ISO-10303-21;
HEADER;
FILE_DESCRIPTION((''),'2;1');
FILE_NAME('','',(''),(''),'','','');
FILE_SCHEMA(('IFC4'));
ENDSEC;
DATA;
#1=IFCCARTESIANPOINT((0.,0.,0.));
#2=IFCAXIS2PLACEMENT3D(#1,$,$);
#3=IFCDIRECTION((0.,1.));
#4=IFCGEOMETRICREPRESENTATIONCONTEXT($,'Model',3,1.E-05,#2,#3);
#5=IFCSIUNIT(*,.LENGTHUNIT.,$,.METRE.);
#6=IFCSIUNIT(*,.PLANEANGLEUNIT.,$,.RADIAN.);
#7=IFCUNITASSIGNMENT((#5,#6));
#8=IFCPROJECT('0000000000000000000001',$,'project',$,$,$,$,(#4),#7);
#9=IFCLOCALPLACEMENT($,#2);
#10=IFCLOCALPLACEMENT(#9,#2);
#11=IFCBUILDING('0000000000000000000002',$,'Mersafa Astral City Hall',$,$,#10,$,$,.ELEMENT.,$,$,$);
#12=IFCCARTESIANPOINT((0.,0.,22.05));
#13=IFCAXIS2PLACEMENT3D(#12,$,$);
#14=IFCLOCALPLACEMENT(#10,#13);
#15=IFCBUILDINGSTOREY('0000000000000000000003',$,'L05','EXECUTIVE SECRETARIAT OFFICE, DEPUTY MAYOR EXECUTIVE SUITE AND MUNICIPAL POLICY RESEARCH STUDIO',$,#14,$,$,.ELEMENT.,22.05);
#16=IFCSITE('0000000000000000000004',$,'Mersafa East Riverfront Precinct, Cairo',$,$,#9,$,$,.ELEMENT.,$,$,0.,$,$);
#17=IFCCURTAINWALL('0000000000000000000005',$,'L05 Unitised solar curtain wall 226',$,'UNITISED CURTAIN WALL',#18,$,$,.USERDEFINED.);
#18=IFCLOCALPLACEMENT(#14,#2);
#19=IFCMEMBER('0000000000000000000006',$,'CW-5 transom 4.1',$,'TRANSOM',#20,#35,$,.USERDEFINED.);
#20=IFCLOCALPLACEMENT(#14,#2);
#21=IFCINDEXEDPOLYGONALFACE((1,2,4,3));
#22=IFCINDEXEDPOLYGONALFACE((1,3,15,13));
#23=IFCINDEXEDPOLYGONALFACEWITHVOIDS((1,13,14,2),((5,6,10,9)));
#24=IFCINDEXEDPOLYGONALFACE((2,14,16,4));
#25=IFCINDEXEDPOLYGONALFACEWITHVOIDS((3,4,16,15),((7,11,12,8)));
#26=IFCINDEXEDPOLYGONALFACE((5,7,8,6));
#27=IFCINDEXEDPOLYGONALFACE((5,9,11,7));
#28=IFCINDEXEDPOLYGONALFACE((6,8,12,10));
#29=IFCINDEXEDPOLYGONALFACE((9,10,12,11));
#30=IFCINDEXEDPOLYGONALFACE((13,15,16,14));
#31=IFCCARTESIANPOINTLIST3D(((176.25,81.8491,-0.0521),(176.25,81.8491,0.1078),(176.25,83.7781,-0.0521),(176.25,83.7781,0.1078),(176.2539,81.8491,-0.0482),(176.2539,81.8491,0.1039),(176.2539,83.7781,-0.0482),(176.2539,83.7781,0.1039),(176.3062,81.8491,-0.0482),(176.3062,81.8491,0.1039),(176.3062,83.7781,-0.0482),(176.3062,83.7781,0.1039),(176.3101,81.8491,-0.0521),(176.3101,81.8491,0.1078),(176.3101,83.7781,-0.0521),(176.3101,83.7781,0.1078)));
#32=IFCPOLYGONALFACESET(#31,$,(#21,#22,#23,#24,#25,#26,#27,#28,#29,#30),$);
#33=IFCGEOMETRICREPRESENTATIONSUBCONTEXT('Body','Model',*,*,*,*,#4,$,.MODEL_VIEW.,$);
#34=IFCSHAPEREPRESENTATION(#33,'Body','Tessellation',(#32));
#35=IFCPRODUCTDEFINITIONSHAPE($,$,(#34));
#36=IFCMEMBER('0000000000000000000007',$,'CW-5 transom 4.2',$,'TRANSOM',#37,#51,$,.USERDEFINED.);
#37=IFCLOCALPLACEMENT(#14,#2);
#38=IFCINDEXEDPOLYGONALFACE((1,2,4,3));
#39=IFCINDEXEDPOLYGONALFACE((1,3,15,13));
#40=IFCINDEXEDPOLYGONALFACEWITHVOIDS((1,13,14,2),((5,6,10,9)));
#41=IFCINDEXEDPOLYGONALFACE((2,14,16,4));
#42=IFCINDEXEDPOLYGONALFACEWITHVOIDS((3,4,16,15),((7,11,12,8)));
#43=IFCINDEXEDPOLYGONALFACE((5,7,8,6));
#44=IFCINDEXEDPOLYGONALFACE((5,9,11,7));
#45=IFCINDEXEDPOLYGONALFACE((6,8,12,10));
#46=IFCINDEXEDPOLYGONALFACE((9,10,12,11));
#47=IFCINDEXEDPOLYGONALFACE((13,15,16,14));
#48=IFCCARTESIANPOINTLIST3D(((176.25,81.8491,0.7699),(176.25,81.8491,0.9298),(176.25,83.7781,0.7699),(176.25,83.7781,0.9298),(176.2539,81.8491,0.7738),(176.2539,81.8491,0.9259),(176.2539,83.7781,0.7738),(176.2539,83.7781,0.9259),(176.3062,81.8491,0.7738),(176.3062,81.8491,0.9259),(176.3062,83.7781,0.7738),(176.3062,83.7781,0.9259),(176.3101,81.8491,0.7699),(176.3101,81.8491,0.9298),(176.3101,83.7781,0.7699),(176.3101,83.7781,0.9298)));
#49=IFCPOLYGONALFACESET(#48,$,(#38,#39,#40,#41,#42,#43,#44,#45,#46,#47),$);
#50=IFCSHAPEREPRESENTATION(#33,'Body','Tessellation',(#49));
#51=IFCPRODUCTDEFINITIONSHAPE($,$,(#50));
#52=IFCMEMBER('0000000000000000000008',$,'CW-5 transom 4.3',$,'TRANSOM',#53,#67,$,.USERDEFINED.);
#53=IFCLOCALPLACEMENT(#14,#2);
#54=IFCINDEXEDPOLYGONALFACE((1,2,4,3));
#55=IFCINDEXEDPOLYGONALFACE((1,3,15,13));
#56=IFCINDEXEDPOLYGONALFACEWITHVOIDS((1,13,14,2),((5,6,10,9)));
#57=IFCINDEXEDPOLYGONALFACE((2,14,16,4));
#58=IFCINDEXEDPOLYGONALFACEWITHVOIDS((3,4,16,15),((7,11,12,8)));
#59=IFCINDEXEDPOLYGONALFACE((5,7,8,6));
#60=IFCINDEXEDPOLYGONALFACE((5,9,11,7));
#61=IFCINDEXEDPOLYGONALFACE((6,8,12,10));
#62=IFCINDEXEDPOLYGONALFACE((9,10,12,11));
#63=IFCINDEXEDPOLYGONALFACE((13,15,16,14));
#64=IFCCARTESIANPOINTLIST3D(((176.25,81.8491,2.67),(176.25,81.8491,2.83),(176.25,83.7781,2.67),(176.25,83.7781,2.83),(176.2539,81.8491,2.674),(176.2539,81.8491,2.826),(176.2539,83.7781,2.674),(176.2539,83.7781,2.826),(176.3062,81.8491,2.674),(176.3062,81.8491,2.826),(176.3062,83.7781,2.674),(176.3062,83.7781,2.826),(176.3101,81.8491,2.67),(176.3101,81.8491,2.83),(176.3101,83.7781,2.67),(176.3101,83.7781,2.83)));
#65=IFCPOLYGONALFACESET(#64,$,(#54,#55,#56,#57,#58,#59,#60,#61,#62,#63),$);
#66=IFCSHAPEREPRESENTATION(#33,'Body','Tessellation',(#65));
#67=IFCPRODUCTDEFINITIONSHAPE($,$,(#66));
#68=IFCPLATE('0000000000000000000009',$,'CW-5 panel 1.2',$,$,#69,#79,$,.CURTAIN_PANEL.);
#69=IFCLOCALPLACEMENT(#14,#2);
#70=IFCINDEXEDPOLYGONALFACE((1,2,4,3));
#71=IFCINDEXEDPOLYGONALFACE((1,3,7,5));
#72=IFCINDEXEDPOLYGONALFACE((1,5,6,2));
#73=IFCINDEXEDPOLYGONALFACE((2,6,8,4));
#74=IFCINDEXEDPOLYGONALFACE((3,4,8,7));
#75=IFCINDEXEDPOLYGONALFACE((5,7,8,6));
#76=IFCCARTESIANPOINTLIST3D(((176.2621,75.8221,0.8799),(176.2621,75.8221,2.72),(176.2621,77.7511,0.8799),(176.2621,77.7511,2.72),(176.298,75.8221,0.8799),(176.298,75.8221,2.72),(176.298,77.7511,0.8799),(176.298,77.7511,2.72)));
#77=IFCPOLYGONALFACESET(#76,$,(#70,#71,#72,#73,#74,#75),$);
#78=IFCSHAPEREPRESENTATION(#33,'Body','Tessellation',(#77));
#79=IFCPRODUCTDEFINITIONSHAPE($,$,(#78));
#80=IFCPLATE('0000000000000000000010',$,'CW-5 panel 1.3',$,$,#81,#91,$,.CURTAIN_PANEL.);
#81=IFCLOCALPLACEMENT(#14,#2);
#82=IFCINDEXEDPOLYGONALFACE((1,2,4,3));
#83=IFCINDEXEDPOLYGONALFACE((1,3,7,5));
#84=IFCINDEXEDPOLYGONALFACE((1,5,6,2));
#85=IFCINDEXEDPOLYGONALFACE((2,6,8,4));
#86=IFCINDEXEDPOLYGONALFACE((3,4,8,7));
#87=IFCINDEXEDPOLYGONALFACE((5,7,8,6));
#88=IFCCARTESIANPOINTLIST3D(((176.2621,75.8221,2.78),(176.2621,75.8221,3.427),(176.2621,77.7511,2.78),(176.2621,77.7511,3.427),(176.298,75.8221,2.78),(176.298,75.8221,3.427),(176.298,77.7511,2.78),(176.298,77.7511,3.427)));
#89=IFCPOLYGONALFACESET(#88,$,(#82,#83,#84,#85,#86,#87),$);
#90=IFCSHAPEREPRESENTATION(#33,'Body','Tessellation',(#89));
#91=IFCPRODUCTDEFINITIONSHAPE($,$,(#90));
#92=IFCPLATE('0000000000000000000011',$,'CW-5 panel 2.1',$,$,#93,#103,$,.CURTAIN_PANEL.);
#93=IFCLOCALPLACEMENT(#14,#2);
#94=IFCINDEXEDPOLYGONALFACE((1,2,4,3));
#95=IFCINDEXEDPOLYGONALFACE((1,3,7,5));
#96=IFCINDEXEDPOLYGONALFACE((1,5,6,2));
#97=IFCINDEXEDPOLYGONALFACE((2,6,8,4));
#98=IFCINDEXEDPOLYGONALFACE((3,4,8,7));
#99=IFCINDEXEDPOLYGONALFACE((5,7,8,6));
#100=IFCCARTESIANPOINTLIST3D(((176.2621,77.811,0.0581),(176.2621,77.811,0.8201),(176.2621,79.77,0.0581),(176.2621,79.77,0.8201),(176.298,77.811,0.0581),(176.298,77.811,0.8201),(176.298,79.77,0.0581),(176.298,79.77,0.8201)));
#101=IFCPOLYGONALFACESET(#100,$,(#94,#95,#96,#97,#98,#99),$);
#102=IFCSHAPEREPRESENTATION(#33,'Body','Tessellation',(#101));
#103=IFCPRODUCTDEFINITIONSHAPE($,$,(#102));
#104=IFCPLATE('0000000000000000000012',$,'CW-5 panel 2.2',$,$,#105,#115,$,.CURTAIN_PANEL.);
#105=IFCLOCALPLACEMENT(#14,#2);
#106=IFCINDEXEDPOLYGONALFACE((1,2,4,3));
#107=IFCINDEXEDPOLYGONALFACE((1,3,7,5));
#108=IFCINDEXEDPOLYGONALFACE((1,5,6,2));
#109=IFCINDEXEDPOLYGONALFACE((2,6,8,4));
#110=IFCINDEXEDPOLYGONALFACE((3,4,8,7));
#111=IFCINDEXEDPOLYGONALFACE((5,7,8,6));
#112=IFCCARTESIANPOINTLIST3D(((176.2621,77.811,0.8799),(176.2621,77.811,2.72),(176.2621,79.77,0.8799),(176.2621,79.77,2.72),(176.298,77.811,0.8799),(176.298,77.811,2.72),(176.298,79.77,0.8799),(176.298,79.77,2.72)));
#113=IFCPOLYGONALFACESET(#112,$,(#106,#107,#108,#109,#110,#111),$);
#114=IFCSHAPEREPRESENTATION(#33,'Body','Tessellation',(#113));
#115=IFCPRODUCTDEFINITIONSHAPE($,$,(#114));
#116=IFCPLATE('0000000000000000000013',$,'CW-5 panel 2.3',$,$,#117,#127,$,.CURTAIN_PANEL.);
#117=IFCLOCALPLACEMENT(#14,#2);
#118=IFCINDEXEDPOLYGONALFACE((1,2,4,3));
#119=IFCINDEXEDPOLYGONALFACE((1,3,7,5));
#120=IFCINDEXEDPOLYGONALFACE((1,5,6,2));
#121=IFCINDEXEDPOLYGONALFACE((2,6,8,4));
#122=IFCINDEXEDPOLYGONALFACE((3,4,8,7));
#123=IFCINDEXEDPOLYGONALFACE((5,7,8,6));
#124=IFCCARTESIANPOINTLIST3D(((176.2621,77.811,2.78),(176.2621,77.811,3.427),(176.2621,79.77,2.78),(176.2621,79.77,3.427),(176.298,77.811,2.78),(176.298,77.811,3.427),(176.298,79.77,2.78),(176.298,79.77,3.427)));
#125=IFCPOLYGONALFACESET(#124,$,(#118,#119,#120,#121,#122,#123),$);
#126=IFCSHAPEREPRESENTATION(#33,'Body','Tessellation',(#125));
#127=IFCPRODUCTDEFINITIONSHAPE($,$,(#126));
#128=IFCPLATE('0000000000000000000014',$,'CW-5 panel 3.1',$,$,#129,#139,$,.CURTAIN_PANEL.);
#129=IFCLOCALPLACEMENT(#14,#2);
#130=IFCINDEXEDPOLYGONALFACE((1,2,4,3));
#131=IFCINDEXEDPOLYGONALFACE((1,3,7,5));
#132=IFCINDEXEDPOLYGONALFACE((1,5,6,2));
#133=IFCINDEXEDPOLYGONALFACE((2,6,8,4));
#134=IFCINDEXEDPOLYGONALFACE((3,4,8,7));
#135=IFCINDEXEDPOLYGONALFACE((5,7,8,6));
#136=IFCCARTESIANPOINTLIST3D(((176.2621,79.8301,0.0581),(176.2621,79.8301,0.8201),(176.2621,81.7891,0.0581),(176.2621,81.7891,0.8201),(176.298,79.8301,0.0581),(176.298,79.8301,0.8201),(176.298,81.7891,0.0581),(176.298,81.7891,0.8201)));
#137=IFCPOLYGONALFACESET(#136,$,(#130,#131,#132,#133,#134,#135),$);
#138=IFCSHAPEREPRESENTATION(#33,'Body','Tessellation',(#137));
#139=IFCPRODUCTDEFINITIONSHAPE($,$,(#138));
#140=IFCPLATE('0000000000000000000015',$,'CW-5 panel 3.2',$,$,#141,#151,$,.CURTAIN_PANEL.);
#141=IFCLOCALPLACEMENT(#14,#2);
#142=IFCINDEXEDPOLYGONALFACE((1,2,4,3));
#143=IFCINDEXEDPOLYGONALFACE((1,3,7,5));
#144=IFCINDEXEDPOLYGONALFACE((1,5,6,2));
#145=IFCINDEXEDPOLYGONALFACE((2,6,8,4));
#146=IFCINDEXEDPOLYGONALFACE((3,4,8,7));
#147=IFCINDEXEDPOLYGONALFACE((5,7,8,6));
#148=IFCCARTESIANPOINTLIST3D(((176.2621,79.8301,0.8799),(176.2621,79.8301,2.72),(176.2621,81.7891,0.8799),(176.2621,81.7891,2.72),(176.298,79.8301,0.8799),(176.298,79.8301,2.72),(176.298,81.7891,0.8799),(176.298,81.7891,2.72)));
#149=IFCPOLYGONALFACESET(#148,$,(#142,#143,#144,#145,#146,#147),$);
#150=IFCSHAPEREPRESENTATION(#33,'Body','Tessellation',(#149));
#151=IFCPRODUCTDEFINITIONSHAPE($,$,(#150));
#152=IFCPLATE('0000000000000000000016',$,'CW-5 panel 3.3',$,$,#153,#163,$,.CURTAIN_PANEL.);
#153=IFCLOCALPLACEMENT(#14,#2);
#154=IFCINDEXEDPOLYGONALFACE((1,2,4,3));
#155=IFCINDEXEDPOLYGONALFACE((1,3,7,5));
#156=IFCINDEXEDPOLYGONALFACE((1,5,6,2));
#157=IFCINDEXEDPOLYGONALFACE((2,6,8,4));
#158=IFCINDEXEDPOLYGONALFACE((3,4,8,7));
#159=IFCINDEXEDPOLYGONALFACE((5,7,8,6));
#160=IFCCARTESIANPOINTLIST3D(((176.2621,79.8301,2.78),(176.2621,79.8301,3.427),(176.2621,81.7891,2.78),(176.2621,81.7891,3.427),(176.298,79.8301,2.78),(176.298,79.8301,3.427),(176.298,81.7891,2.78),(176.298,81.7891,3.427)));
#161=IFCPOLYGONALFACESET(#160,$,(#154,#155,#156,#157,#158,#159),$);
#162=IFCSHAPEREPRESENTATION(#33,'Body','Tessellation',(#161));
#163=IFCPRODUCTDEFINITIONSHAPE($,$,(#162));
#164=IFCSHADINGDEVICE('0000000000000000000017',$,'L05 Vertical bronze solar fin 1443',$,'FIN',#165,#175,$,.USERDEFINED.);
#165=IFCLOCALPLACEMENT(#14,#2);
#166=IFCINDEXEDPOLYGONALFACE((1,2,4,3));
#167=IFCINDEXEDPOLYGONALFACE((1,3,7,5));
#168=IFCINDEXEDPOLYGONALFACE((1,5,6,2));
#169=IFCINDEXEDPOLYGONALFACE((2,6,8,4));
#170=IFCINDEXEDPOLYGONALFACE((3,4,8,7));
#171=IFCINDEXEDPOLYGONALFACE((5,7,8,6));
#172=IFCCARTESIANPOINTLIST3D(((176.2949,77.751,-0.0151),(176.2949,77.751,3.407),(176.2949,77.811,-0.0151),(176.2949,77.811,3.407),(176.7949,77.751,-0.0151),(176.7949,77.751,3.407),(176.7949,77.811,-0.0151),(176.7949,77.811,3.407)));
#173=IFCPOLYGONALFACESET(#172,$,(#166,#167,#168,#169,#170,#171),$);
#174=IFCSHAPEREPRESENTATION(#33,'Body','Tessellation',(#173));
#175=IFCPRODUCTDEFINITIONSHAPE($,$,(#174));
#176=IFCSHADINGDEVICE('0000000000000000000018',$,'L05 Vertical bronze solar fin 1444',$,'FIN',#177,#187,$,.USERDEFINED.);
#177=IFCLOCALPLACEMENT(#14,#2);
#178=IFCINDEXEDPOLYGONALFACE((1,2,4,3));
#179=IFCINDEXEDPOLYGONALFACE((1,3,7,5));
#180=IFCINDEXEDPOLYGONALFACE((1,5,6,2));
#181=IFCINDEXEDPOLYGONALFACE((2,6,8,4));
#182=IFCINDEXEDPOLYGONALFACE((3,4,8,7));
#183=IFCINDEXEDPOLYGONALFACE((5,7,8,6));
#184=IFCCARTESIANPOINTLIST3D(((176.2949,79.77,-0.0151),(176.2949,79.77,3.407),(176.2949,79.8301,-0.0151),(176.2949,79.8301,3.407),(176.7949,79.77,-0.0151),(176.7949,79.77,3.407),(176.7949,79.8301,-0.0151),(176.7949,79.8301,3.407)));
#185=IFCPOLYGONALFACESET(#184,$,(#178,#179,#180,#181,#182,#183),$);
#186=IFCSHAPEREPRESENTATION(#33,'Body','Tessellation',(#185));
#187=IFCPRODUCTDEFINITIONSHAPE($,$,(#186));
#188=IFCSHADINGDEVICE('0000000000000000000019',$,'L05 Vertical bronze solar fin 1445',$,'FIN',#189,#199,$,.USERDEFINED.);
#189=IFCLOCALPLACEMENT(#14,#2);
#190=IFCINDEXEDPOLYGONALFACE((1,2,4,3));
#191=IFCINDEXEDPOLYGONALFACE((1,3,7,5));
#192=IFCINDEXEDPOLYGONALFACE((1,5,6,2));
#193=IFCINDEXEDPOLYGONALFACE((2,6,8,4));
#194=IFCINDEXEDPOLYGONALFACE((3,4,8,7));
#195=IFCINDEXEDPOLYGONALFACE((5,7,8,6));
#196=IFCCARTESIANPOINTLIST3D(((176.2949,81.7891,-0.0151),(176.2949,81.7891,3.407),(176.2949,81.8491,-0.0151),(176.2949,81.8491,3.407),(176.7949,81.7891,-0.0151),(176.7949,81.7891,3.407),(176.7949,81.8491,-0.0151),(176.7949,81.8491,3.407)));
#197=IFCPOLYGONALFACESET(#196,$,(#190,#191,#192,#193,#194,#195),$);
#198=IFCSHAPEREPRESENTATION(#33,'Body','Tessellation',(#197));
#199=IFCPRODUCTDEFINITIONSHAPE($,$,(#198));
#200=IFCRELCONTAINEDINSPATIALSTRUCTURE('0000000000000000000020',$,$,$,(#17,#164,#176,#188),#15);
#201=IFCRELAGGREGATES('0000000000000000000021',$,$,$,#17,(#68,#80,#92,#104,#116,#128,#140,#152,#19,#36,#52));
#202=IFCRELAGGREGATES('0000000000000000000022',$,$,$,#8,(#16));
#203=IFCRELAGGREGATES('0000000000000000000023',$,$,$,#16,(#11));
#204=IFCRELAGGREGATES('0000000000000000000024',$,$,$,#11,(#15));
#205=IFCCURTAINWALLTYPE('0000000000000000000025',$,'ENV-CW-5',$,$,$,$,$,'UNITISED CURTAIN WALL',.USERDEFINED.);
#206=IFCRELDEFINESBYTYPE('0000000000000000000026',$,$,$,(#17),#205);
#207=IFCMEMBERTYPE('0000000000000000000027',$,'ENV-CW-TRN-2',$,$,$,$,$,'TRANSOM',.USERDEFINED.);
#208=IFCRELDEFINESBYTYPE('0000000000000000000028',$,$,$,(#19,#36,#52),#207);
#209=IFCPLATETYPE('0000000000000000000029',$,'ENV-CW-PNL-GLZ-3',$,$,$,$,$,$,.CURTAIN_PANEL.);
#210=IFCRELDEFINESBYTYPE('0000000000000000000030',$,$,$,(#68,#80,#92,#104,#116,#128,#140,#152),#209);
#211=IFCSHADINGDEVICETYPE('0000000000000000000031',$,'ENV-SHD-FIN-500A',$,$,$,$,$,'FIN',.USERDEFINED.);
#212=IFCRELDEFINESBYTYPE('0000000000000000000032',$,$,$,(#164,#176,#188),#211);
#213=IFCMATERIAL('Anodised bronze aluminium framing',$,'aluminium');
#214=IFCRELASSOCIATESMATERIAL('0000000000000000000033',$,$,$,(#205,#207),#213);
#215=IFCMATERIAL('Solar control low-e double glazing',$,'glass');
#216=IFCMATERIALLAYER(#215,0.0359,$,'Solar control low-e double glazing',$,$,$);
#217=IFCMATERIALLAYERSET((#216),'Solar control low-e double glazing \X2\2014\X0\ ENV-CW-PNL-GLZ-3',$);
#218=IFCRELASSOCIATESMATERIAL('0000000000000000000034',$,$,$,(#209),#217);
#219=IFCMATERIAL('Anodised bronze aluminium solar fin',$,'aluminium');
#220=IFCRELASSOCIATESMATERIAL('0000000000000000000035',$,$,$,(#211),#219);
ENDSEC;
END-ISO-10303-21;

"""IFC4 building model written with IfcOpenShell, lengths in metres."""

from ifc_helpers import new_model, si_unit, direction, frame, origin, origin_2d, place, context, subcontext, project, spatial, rectangle, hollow_rectangle, extrude, material, layer, layer_set, material_profile, profile_set, type_object, element, aggregate, save


model = new_model("IFC4")

# Units and contexts
model_context = context("Model", 3, precision=1e-05, world=origin(), true_north=direction((0.0, 1.0)))
body_context = subcontext(model_context, "Body", "Model", "MODEL_VIEW")
ifc_project = project(units=[si_unit("LENGTHUNIT", "METRE"), si_unit("PLANEANGLEUNIT", "RADIAN")], contexts=[model_context])

# Site, building, storey
site_placement = place(None, origin())
site = spatial("IfcSite", under=ifc_project, at=site_placement, Name="Mersafa East Riverfront Precinct, Cairo", CompositionType="ELEMENT", RefElevation=0.0)
building_placement = place(site_placement, origin())
building = spatial("IfcBuilding", under=site, at=building_placement, Name="Mersafa Astral City Hall", CompositionType="ELEMENT")
storey_placement = place(building_placement, frame((0.0, 0.0, 22.05)))
storey = spatial("IfcBuildingStorey", under=building, at=storey_placement, Name="L05", Description="EXECUTIVE SECRETARIAT OFFICE, DEPUTY MAYOR EXECUTIVE SUITE AND MUNICIPAL POLICY RESEARCH STUDIO", CompositionType="ELEMENT", Elevation=22.05)

# Curtain wall, members, plates
ifc_material_1 = material(Name="Anodised bronze aluminium framing", Category="aluminium")
curtain_wall_type = type_object("IfcCurtainWallType", Name="ENV-CW-5", ElementType="UNITISED CURTAIN WALL", PredefinedType="USERDEFINED", material=ifc_material_1)
curtain_wall_placement = place(storey_placement, origin())
curtain_wall = element("IfcCurtainWall", 1, at=curtain_wall_placement, inside=storey, type_object=curtain_wall_type, Name="L05 Unitised solar curtain wall 226", ObjectType="UNITISED CURTAIN WALL", PredefinedType="USERDEFINED")
ifc_material_profile_1 = material_profile(ifc_material_1, hollow_rectangle(XDim=0.0601, YDim=0.1599, WallThickness=0.0039, at=origin_2d()), Name="RHS 60x160x4")
ifc_profile_set_1 = profile_set([ifc_material_profile_1], Name="Anodised bronze aluminium framing")
member_type_1 = type_object("IfcMemberType", Name="ENV-CW-TRN-2", ElementType="TRANSOM", PredefinedType="USERDEFINED", material=ifc_profile_set_1)
member_1_placement = place(storey_placement, frame((176.28, 81.8491, 0.0278), z_axis=(0.0, 1.0, 0.0), x_axis=(-1.0, 0.0, 0.0)))
member_1 = element("IfcMember", 2, at=member_1_placement, type_object=member_type_1, Name="CW-5 transom 4.1", ObjectType="TRANSOM", PredefinedType="USERDEFINED", context=body_context, shape_type="SweptSolid", body=[
    extrude(hollow_rectangle(XDim=0.0601, YDim=0.1599, WallThickness=0.0039, at=origin_2d()), origin(), (0.0, 0.0, 1.0), 1.929),
])
member_2_placement = place(storey_placement, frame((176.28, 81.8491, 0.8499), z_axis=(0.0, 1.0, 0.0), x_axis=(-1.0, 0.0, 0.0)))
member_2 = element("IfcMember", 3, at=member_2_placement, type_object=member_type_1, Name="CW-5 transom 4.2", ObjectType="TRANSOM", PredefinedType="USERDEFINED", context=body_context, shape_type="SweptSolid", body=[
    extrude(hollow_rectangle(XDim=0.0601, YDim=0.1599, WallThickness=0.0039, at=origin_2d()), origin(), (0.0, 0.0, 1.0), 1.929),
])
member_3_placement = place(storey_placement, frame((176.28, 81.8491, 2.75), z_axis=(0.0, 1.0, 0.0), x_axis=(-1.0, 0.0, 0.0)))
member_3 = element("IfcMember", 4, at=member_3_placement, type_object=member_type_1, Name="CW-5 transom 4.3", ObjectType="TRANSOM", PredefinedType="USERDEFINED", context=body_context, shape_type="SweptSolid", body=[
    extrude(hollow_rectangle(XDim=0.0601, YDim=0.1599, WallThickness=0.0039, at=origin_2d()), origin(), (0.0, 0.0, 1.0), 1.929),
])
ifc_material_2 = material(Name="Solar control low-e double glazing", Category="glass")
ifc_layer = layer(ifc_material_2, 0.0359, Name="Solar control low-e double glazing")
ifc_layer_set = layer_set([ifc_layer], Name="Solar control low-e double glazing — ENV-CW-PNL-GLZ-3")
plate_type = type_object("IfcPlateType", Name="ENV-CW-PNL-GLZ-3", PredefinedType="CURTAIN_PANEL", material=ifc_layer_set)
plate_1_placement = place(storey_placement, frame((176.28, 76.7866, 0.8799), z_axis=(0.0, 0.0, 1.0), x_axis=(0.0, 1.0, 0.0)))
plate_1 = element("IfcPlate", 5, at=plate_1_placement, type_object=plate_type, Name="CW-5 panel 1.2", PredefinedType="CURTAIN_PANEL", context=body_context, shape_type="SweptSolid", body=[
    extrude(rectangle(XDim=1.929, YDim=0.0359, at=origin_2d()), origin(), (0.0, 0.0, 1.0), 1.8401),
])
plate_2_placement = place(storey_placement, frame((176.28, 76.7866, 2.78), z_axis=(0.0, 0.0, 1.0), x_axis=(0.0, 1.0, 0.0)))
plate_2 = element("IfcPlate", 6, at=plate_2_placement, type_object=plate_type, Name="CW-5 panel 1.3", PredefinedType="CURTAIN_PANEL", context=body_context, shape_type="SweptSolid", body=[
    extrude(rectangle(XDim=1.929, YDim=0.0359, at=origin_2d()), origin(), (0.0, 0.0, 1.0), 0.647),
])
plate_3_placement = place(storey_placement, frame((176.28, 78.7905, 0.0581), z_axis=(0.0, 0.0, 1.0), x_axis=(0.0, 1.0, 0.0)))
plate_3 = element("IfcPlate", 7, at=plate_3_placement, type_object=plate_type, Name="CW-5 panel 2.1", PredefinedType="CURTAIN_PANEL", context=body_context, shape_type="SweptSolid", body=[
    extrude(rectangle(XDim=1.959, YDim=0.0359, at=origin_2d()), origin(), (0.0, 0.0, 1.0), 0.762),
])
plate_4_placement = place(storey_placement, frame((176.28, 78.7905, 0.8799), z_axis=(0.0, 0.0, 1.0), x_axis=(0.0, 1.0, 0.0)))
plate_4 = element("IfcPlate", 8, at=plate_4_placement, type_object=plate_type, Name="CW-5 panel 2.2", PredefinedType="CURTAIN_PANEL", context=body_context, shape_type="SweptSolid", body=[
    extrude(rectangle(XDim=1.959, YDim=0.0359, at=origin_2d()), origin(), (0.0, 0.0, 1.0), 1.8401),
])
plate_5_placement = place(storey_placement, frame((176.28, 78.7905, 2.78), z_axis=(0.0, 0.0, 1.0), x_axis=(0.0, 1.0, 0.0)))
plate_5 = element("IfcPlate", 9, at=plate_5_placement, type_object=plate_type, Name="CW-5 panel 2.3", PredefinedType="CURTAIN_PANEL", context=body_context, shape_type="SweptSolid", body=[
    extrude(rectangle(XDim=1.959, YDim=0.0359, at=origin_2d()), origin(), (0.0, 0.0, 1.0), 0.647),
])
plate_6_placement = place(storey_placement, frame((176.28, 80.8096, 0.0581), z_axis=(0.0, 0.0, 1.0), x_axis=(0.0, 1.0, 0.0)))
plate_6 = element("IfcPlate", 10, at=plate_6_placement, type_object=plate_type, Name="CW-5 panel 3.1", PredefinedType="CURTAIN_PANEL", context=body_context, shape_type="SweptSolid", body=[
    extrude(rectangle(XDim=1.959, YDim=0.0359, at=origin_2d()), origin(), (0.0, 0.0, 1.0), 0.762),
])
plate_7_placement = place(storey_placement, frame((176.28, 80.8096, 0.8799), z_axis=(0.0, 0.0, 1.0), x_axis=(0.0, 1.0, 0.0)))
plate_7 = element("IfcPlate", 11, at=plate_7_placement, type_object=plate_type, Name="CW-5 panel 3.2", PredefinedType="CURTAIN_PANEL", context=body_context, shape_type="SweptSolid", body=[
    extrude(rectangle(XDim=1.959, YDim=0.0359, at=origin_2d()), origin(), (0.0, 0.0, 1.0), 1.8401),
])
plate_8_placement = place(storey_placement, frame((176.28, 80.8096, 2.78), z_axis=(0.0, 0.0, 1.0), x_axis=(0.0, 1.0, 0.0)))
plate_8 = element("IfcPlate", 12, at=plate_8_placement, type_object=plate_type, Name="CW-5 panel 3.3", PredefinedType="CURTAIN_PANEL", context=body_context, shape_type="SweptSolid", body=[
    extrude(rectangle(XDim=1.959, YDim=0.0359, at=origin_2d()), origin(), (0.0, 0.0, 1.0), 0.647),
])
aggregate(curtain_wall, [plate_1, plate_2, plate_3, plate_4, plate_5, plate_6, plate_7, plate_8, member_1, member_2, member_3])

# Shading devices
ifc_material_3 = material(Name="Anodised bronze aluminium solar fin", Category="aluminium")
shading_device_type = type_object("IfcShadingDeviceType", Name="ENV-SHD-FIN-500A", ElementType="FIN", PredefinedType="USERDEFINED", material=ifc_material_3)
for number, where, z_axis, x_axis, name in (
    (13, (176.5449, 77.781, -0.0151), (0.0, 0.0, 1.0), (0.0, 1.0, 0.0), "L05 Vertical bronze solar fin 1443"),
    (14, (176.5449, 79.8, -0.0151), (0.0, 0.0, 1.0), (0.0, 1.0, 0.0), "L05 Vertical bronze solar fin 1444"),
    (15, (176.5449, 81.8191, -0.0151), (0.0, 0.0, 1.0), (0.0, 1.0, 0.0), "L05 Vertical bronze solar fin 1445"),
):
    element("IfcShadingDevice", number, at=place(storey_placement, frame(where, z_axis=z_axis, x_axis=x_axis)), inside=storey, type_object=shading_device_type, Name=name, ObjectType="FIN", PredefinedType="USERDEFINED", context=body_context, shape_type="SweptSolid", body=[
        extrude(rectangle(XDim=0.0601, YDim=0.5, at=origin_2d()), origin(), (0.0, 0.0, 1.0), 3.4221),
    ])

save(model, "model.ifc")
